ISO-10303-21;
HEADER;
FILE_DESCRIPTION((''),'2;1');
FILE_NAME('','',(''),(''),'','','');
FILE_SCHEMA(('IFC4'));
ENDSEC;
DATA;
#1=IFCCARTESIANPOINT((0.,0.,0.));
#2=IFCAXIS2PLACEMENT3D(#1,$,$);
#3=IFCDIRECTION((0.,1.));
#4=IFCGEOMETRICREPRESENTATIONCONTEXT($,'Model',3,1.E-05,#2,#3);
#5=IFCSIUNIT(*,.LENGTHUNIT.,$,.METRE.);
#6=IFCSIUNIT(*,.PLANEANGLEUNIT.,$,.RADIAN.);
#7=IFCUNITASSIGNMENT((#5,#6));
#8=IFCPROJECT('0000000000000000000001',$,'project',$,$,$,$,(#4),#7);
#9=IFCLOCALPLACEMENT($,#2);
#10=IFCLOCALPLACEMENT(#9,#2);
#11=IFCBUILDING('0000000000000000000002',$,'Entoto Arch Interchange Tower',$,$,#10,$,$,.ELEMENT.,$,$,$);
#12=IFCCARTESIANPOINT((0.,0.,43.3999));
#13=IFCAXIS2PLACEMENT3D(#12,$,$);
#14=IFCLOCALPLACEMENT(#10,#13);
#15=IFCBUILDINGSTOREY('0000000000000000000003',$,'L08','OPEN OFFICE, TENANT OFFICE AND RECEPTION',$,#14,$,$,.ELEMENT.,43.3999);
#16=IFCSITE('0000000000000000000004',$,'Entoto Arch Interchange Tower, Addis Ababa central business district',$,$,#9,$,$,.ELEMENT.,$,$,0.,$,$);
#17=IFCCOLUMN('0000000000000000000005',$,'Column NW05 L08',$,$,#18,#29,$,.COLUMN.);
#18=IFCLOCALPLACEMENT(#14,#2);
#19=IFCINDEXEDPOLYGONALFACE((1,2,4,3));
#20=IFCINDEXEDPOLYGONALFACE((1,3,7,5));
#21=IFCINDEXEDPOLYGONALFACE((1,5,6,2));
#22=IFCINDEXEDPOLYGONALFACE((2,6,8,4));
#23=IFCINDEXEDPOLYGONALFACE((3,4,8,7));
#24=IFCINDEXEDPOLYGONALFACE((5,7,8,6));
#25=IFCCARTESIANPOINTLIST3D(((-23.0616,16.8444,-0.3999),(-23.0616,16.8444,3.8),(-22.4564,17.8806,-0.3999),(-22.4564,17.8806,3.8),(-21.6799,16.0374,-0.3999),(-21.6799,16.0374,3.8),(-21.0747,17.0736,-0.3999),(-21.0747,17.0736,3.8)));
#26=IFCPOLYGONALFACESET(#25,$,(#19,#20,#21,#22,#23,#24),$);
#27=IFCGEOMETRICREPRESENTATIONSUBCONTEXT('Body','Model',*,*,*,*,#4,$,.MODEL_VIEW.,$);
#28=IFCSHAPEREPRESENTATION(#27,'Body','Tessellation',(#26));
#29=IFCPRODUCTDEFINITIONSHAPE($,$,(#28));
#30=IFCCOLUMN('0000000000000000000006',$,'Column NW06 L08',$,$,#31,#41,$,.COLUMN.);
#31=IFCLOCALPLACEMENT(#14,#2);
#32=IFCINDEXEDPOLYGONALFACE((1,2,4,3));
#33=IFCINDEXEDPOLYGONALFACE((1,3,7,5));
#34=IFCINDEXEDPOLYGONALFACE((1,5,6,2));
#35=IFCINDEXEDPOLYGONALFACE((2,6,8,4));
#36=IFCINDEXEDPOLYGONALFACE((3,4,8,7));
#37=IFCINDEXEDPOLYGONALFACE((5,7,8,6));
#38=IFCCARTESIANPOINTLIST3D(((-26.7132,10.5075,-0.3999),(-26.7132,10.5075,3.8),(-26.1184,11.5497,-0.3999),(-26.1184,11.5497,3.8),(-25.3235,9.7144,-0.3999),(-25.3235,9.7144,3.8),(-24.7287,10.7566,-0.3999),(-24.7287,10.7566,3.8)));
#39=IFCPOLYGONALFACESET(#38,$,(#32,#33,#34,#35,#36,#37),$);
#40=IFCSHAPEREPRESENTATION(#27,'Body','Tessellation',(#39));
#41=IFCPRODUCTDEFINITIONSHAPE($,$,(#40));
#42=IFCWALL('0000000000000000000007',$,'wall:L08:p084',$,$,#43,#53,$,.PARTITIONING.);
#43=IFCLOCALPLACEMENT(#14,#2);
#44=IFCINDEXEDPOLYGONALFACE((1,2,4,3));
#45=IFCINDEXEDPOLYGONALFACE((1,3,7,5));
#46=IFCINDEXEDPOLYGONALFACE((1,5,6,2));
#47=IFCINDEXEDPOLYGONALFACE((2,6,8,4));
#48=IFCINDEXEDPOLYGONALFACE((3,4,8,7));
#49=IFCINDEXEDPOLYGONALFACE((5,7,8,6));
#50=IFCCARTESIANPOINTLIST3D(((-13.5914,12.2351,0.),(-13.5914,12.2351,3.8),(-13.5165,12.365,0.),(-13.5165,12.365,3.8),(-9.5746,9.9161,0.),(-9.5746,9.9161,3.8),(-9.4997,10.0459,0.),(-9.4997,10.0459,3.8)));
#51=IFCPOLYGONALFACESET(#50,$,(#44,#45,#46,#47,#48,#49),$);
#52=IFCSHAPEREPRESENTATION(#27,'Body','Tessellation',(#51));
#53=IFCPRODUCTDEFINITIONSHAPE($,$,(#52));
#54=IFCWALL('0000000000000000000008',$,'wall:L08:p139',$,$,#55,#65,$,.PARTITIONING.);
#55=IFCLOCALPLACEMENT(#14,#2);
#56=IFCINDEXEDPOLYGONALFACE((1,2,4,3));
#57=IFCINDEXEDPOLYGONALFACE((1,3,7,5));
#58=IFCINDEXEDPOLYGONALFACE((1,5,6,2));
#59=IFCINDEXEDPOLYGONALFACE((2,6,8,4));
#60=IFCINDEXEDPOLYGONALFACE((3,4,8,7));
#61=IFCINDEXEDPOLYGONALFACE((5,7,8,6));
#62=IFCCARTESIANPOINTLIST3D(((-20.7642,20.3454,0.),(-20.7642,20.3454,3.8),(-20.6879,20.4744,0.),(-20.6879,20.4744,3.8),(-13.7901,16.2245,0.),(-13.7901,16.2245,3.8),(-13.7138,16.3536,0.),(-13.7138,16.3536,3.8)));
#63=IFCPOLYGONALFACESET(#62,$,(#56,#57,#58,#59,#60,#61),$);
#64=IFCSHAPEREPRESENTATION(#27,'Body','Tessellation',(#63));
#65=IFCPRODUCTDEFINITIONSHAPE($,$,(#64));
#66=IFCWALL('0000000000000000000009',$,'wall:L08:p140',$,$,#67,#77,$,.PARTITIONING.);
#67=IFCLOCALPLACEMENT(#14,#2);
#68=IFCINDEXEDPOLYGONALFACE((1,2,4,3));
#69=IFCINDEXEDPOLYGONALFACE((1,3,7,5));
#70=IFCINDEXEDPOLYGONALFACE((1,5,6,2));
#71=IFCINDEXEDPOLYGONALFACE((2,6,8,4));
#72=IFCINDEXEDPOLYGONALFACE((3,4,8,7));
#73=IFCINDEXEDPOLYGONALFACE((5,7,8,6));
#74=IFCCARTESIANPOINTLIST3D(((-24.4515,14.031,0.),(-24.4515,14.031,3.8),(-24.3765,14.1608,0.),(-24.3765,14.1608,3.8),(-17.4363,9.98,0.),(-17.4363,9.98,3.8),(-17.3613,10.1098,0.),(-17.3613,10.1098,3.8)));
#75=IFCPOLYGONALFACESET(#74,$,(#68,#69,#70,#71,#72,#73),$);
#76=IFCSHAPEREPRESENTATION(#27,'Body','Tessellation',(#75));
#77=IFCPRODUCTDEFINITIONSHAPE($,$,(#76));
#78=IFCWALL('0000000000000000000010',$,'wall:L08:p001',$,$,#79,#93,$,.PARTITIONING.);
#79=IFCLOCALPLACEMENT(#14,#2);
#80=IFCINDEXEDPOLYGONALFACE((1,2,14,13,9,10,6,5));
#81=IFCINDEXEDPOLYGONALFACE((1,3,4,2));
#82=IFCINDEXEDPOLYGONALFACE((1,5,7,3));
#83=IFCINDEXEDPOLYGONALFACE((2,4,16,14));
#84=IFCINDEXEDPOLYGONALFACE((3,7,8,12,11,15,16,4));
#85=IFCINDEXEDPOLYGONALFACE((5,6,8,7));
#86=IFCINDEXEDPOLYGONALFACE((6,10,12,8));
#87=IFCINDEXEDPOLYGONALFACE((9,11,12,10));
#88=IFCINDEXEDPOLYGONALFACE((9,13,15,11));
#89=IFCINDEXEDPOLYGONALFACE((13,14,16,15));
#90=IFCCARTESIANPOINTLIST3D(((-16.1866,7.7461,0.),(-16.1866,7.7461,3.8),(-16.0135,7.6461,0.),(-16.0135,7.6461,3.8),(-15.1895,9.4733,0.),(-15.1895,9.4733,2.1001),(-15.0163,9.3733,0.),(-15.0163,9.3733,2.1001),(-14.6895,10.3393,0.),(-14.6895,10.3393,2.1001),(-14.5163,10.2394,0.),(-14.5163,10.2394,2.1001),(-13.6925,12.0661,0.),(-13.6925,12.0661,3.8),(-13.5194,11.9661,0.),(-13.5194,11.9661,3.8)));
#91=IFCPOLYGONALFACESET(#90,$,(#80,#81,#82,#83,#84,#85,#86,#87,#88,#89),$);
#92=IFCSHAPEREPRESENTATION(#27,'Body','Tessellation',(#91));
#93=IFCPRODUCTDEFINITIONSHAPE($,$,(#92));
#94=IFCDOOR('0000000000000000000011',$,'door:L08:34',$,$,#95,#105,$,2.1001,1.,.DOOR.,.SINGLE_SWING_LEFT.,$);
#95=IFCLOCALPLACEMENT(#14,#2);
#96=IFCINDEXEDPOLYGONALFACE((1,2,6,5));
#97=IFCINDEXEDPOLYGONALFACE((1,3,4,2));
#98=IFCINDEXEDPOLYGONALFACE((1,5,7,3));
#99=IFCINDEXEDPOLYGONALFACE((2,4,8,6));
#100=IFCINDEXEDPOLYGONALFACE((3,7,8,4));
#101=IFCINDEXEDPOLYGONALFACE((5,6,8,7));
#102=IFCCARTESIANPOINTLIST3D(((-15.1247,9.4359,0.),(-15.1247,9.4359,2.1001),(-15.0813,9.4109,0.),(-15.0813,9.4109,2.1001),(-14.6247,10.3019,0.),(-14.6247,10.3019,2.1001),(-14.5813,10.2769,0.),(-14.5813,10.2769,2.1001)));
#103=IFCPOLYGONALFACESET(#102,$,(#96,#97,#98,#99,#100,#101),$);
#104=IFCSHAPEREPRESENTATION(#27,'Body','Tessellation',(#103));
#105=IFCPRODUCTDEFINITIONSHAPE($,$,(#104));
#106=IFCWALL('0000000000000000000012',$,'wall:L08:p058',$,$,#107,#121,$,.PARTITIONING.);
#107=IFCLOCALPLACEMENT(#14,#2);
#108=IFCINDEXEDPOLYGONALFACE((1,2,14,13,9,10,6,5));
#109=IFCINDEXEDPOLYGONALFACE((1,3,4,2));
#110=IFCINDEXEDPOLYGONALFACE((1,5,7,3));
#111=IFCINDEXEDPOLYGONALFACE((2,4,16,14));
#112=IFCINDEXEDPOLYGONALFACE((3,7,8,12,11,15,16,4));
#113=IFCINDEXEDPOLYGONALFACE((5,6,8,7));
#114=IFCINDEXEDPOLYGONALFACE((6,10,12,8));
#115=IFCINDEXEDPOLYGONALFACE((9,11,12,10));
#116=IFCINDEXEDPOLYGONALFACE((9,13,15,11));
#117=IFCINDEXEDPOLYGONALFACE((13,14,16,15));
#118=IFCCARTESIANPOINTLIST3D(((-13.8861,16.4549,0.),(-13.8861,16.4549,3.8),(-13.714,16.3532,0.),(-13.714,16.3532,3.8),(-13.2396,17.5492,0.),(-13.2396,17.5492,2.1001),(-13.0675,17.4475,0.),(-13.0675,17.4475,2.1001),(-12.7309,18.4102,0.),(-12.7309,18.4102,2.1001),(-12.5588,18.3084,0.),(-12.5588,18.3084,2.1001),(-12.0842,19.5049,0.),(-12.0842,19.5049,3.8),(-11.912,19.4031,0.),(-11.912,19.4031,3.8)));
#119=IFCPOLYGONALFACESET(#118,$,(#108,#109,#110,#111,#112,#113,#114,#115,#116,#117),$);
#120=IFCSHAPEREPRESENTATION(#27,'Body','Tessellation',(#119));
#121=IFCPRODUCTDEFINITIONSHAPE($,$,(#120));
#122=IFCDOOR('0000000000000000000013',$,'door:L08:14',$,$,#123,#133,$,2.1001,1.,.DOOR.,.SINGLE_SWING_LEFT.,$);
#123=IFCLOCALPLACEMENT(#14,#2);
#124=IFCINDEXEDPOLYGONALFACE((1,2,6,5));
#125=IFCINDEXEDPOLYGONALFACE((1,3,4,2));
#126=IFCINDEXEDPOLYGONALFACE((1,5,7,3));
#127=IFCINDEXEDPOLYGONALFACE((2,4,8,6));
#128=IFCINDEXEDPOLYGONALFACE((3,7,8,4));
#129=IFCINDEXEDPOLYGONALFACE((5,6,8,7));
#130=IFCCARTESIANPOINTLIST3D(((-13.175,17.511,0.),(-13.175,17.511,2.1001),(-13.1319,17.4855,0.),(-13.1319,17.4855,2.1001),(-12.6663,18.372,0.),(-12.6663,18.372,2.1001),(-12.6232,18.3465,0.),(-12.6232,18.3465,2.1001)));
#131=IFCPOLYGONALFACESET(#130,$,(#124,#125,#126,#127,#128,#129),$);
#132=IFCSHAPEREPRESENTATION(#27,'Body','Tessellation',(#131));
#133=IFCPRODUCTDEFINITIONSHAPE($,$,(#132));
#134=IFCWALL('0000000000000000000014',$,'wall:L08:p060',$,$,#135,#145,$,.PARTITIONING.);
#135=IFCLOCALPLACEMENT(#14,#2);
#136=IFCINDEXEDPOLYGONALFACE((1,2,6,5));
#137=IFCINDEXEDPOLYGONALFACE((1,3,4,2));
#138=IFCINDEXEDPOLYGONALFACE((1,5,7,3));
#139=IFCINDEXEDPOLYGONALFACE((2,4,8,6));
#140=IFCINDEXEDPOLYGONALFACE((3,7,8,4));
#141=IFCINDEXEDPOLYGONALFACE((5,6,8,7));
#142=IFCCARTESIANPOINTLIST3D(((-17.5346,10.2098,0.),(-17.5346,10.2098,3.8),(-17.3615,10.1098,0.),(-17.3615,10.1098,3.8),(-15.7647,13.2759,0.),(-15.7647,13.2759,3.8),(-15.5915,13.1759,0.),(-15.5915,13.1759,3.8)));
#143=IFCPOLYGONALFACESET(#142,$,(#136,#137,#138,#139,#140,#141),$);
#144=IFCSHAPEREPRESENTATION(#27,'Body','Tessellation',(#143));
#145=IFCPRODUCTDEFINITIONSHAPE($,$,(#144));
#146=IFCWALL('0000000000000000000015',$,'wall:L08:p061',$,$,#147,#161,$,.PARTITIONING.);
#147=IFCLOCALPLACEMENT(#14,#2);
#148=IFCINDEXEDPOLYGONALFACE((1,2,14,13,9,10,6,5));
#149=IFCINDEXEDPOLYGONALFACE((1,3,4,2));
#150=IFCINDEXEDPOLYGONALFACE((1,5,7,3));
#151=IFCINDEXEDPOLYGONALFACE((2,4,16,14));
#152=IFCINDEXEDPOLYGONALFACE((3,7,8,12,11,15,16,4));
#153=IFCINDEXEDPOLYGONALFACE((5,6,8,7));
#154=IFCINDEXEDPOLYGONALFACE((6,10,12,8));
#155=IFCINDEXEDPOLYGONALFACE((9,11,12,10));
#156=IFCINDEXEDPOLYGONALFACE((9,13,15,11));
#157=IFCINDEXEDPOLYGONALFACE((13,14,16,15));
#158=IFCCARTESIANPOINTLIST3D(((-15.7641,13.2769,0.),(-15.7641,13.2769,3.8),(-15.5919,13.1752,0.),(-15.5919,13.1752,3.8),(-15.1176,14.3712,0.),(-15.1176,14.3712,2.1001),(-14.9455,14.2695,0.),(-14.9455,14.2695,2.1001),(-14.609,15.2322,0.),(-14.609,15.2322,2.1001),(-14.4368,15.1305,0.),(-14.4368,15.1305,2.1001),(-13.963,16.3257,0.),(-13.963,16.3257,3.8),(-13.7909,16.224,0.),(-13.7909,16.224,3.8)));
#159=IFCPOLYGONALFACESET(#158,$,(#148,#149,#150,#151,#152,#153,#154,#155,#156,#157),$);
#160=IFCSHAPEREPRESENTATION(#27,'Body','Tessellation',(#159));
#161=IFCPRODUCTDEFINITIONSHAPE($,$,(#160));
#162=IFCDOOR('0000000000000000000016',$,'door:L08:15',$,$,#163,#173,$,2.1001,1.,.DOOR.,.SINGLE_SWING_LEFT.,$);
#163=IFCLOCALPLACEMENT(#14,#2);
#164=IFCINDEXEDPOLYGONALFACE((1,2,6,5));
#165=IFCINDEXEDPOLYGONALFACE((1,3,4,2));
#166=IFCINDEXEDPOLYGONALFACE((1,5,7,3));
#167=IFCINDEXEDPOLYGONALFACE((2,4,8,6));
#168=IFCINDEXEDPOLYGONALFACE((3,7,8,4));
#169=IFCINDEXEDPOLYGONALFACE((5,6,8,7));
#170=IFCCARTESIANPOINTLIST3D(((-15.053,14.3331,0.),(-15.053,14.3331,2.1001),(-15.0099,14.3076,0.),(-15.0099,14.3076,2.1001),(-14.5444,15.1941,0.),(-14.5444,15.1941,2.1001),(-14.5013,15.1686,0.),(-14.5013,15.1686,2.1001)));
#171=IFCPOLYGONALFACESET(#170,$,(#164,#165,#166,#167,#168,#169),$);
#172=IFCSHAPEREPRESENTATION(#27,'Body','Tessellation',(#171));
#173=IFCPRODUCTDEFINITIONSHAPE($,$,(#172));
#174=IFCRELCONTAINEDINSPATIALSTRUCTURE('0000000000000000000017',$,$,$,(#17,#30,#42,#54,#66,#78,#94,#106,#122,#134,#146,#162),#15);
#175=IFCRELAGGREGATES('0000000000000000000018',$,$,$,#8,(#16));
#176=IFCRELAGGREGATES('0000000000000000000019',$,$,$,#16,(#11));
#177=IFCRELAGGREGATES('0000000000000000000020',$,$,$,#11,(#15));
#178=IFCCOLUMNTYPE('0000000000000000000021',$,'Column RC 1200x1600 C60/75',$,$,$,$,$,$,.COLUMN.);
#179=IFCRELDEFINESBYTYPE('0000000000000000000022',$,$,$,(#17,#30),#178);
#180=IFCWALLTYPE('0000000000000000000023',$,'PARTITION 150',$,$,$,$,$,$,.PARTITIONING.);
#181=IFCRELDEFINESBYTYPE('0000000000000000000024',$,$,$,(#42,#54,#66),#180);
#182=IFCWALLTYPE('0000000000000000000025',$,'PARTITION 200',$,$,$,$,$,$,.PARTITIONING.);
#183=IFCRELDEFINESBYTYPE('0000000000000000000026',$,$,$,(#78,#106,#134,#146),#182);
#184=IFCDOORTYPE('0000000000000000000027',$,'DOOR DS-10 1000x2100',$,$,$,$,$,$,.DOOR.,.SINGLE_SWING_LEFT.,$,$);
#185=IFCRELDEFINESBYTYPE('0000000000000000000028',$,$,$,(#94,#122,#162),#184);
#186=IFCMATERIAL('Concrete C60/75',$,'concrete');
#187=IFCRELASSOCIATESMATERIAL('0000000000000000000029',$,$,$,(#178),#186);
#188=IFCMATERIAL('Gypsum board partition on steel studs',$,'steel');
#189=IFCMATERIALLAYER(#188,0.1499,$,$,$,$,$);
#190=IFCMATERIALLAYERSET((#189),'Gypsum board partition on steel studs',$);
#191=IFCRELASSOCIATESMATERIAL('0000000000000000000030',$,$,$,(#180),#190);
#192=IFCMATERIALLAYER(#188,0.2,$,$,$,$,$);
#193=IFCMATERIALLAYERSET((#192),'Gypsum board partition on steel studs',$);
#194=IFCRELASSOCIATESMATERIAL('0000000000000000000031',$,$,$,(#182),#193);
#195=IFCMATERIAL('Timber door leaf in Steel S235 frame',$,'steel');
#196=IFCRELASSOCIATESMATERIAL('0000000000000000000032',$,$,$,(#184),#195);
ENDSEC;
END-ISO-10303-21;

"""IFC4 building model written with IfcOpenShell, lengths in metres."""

from ifc_helpers import new_model, si_unit, direction, frame, frame_2d, origin, origin_2d, place, context, subcontext, project, spatial, rectangle, extrude, material, layer, layer_set, material_profile, profile_set, type_object, element, fill, save


model = new_model("IFC4")

# Units and contexts
model_context = context("Model", 3, precision=1e-05, world=origin(), true_north=direction((0.0, 1.0)))
body_context = subcontext(model_context, "Body", "Model", "MODEL_VIEW")
ifc_project = project(units=[si_unit("LENGTHUNIT", "METRE"), si_unit("PLANEANGLEUNIT", "RADIAN")], contexts=[model_context])

# Site, building, storey
site_placement = place(None, origin())
site = spatial("IfcSite", under=ifc_project, at=site_placement, Name="Entoto Arch Interchange Tower, Addis Ababa central business district", CompositionType="ELEMENT", RefElevation=0.0)
building_placement = place(site_placement, origin())
building = spatial("IfcBuilding", under=site, at=building_placement, Name="Entoto Arch Interchange Tower", CompositionType="ELEMENT")
storey_placement = place(building_placement, frame((0.0, 0.0, 43.3999)))
storey = spatial("IfcBuildingStorey", under=building, at=storey_placement, Name="L08", Description="OPEN OFFICE, TENANT OFFICE AND RECEPTION", CompositionType="ELEMENT", Elevation=43.3999)

# Columns
ifc_material_1 = material(Name="Concrete C60/75", Category="concrete")
ifc_material_profile = material_profile(ifc_material_1, rectangle(XDim=1.2, YDim=1.6001, at=origin_2d()))
ifc_profile_set = profile_set([ifc_material_profile], Name="Concrete C60/75")
column_type = type_object("IfcColumnType", Name="Column RC 1200x1600 C60/75", PredefinedType="COLUMN", material=ifc_profile_set)
for number, where, z_axis, x_axis, name in (
    (1, (-22.0681, 16.959, -0.3999), (0.0, 0.0, 1.0), (0.504332, 0.86351, 0.0), "Column NW05 L08"),
    (2, (-25.7209, 10.6321, -0.3999), (0.0, 0.0, 1.0), (0.495656, 0.868519, 0.0), "Column NW06 L08"),
):
    element("IfcColumn", number, at=place(storey_placement, frame(where, z_axis=z_axis, x_axis=x_axis)), inside=storey, type_object=column_type, Name=name, PredefinedType="COLUMN", context=body_context, shape_type="SweptSolid", body=[
        extrude(rectangle(XDim=1.2, YDim=1.6001, at=origin_2d()), origin(), (0.0, 0.0, 1.0), 4.2),
    ])

# Walls
ifc_material_2 = material(Name="Gypsum board partition on steel studs", Category="steel")
ifc_layer_1 = layer(ifc_material_2, 0.1499)
ifc_layer_set_1 = layer_set([ifc_layer_1], Name="Gypsum board partition on steel studs")
wall_type_1 = type_object("IfcWallType", Name="PARTITION 150", PredefinedType="PARTITIONING", material=ifc_layer_set_1)
wall_1_placement = place(storey_placement, frame((-13.554, 12.3, 0.0), z_axis=(0.0, 0.0, 1.0), x_axis=(0.866029, -0.499994, 0.0)))
element("IfcWall", 3, at=wall_1_placement, inside=storey, type_object=wall_type_1, Name="wall:L08:p084", PredefinedType="PARTITIONING", context=body_context, shape_type="SweptSolid", body=[
    extrude(rectangle(XDim=4.6382, YDim=0.1499, at=frame_2d((2.3191, 0.0))), origin(), (0.0, 0.0, 1.0), 3.8),
])
wall_2_placement = place(storey_placement, frame((-13.752, 16.2891, 0.0), z_axis=(0.0, 0.0, 1.0), x_axis=(-0.860939, 0.508709, 0.0)))
element("IfcWall", 4, at=wall_2_placement, inside=storey, type_object=wall_type_1, Name="wall:L08:p139", PredefinedType="PARTITIONING", context=body_context, shape_type="SweptSolid", body=[
    extrude(rectangle(XDim=8.1006, YDim=0.1499, at=frame_2d((4.0503, 0.0))), origin(), (0.0, 0.0, 1.0), 3.8),
])
wall_3_placement = place(storey_placement, frame((-17.3989, 10.0449, 0.0), z_axis=(0.0, 0.0, 1.0), x_axis=(-0.865981, 0.500077, 0.0)))
element("IfcWall", 5, at=wall_3_placement, inside=storey, type_object=wall_type_1, Name="wall:L08:p140", PredefinedType="PARTITIONING", context=body_context, shape_type="SweptSolid", body=[
    extrude(rectangle(XDim=8.1008, YDim=0.1499, at=frame_2d((4.0503, 0.0))), origin(), (0.0, 0.0, 1.0), 3.8),
])

# Walls, openings, doors
ifc_layer_2 = layer(ifc_material_2, 0.2)
ifc_layer_set_2 = layer_set([ifc_layer_2], Name="Gypsum board partition on steel studs")
wall_type_2 = type_object("IfcWallType", Name="PARTITION 200", PredefinedType="PARTITIONING", material=ifc_layer_set_2)
wall_4_placement = place(storey_placement, frame((-13.606, 12.0161, 0.0), z_axis=(0.0, 0.0, 1.0), x_axis=(-0.499992, -0.86603, 0.0)))
wall_4 = element("IfcWall", 6, at=wall_4_placement, inside=storey, type_object=wall_type_2, Name="wall:L08:p001", PredefinedType="PARTITIONING", context=body_context, shape_type="SweptSolid", body=[
    extrude(rectangle(XDim=4.9883, YDim=0.2, at=frame_2d((2.4941, 0.0))), origin(), (0.0, 0.0, 1.0), 3.8),
])
opening_1_placement = place(wall_4_placement, frame((1.9939, 0.0, 0.0)))
opening_1 = element("IfcOpeningElement", 7, at=opening_1_placement, cuts=wall_4, PredefinedType="OPENING", context=body_context, shape_type="SweptSolid", body=[
    extrude(rectangle(XDim=1.0, YDim=2.1001, at=frame_2d((0.5, 1.05))), frame((0.0, 0.1099, 0.0), z_axis=(0.0, -1.0, 0.0), x_axis=(1.0, 0.0, 0.0)), (0.0, 0.0, 1.0), 0.22),
])
ifc_material_3 = material(Name="Timber door leaf in Steel S235 frame", Category="steel")
door_type = type_object("IfcDoorType", Name="DOOR DS-10 1000x2100", OperationType="SINGLE_SWING_LEFT", PredefinedType="DOOR", material=ifc_material_3)
door_1_placement = place(opening_1_placement, origin())
door_1 = element("IfcDoor", 8, at=door_1_placement, inside=storey, type_object=door_type, Name="door:L08:34", OperationType="SINGLE_SWING_LEFT", OverallHeight=2.1001, OverallWidth=1.0, PredefinedType="DOOR", context=body_context, shape_type="SweptSolid", body=[
    extrude(rectangle(XDim=1.0, YDim=2.1001, at=frame_2d((0.5, 1.05))), frame((0.0, 0.0249, 0.0), z_axis=(0.0, -1.0, 0.0), x_axis=(1.0, 0.0, 0.0)), (0.0, 0.0, 1.0), 0.05),
])
fill(opening_1, door_1)
wall_5_placement = place(storey_placement, frame((-13.8, 16.4041, 0.0), z_axis=(0.0, 0.0, 1.0), x_axis=(0.508667, 0.860964, 0.0)))
wall_5 = element("IfcWall", 9, at=wall_5_placement, inside=storey, type_object=wall_type_2, Name="wall:L08:p058", PredefinedType="PARTITIONING", context=body_context, shape_type="SweptSolid", body=[
    extrude(rectangle(XDim=3.5425, YDim=0.2, at=frame_2d((1.7712, 0.0))), origin(), (0.0, 0.0, 1.0), 3.8),
])
opening_2_placement = place(wall_5_placement, frame((1.271, 0.0, 0.0)))
opening_2 = element("IfcOpeningElement", 10, at=opening_2_placement, cuts=wall_5, PredefinedType="OPENING", context=body_context, shape_type="SweptSolid", body=[
    extrude(rectangle(XDim=1.0, YDim=2.1001, at=frame_2d((0.5, 1.05))), frame((0.0, 0.1099, 0.0), z_axis=(0.0, -1.0, 0.0), x_axis=(1.0, 0.0, 0.0)), (0.0, 0.0, 1.0), 0.22),
])
door_2_placement = place(opening_2_placement, origin())
door_2 = element("IfcDoor", 11, at=door_2_placement, inside=storey, type_object=door_type, Name="door:L08:14", OperationType="SINGLE_SWING_LEFT", OverallHeight=2.1001, OverallWidth=1.0, PredefinedType="DOOR", context=body_context, shape_type="SweptSolid", body=[
    extrude(rectangle(XDim=1.0, YDim=2.1001, at=frame_2d((0.5, 1.05))), frame((0.0, 0.0249, 0.0), z_axis=(0.0, -1.0, 0.0), x_axis=(1.0, 0.0, 0.0)), (0.0, 0.0, 1.0), 0.05),
])
fill(opening_2, door_2)

# Wall
wall_6_placement = place(storey_placement, frame((-17.448, 10.1599, 0.0), z_axis=(0.0, 0.0, 1.0), x_axis=(0.499951, 0.866054, 0.0)))
element("IfcWall", 12, at=wall_6_placement, inside=storey, type_object=wall_type_2, Name="wall:L08:p060", PredefinedType="PARTITIONING", context=body_context, shape_type="SweptSolid", body=[
    extrude(rectangle(XDim=3.5403, YDim=0.2, at=frame_2d((1.77, 0.0))), origin(), (0.0, 0.0, 1.0), 3.8),
])

# Wall, opening, door
wall_7_placement = place(storey_placement, frame((-15.678, 13.2261, 0.0), z_axis=(0.0, 0.0, 1.0), x_axis=(0.508613, 0.860995, 0.0)))
wall_7 = element("IfcWall", 13, at=wall_7_placement, inside=storey, type_object=wall_type_2, Name="wall:L08:p061", PredefinedType="PARTITIONING", context=body_context, shape_type="SweptSolid", body=[
    extrude(rectangle(XDim=3.541, YDim=0.2, at=frame_2d((1.7705, 0.0))), origin(), (0.0, 0.0, 1.0), 3.8),
])
opening_3_placement = place(wall_7_placement, frame((1.271, 0.0, 0.0)))
opening_3 = element("IfcOpeningElement", 14, at=opening_3_placement, cuts=wall_7, PredefinedType="OPENING", context=body_context, shape_type="SweptSolid", body=[
    extrude(rectangle(XDim=1.0, YDim=2.1001, at=frame_2d((0.5, 1.05))), frame((0.0, 0.1099, 0.0), z_axis=(0.0, -1.0, 0.0), x_axis=(1.0, 0.0, 0.0)), (0.0, 0.0, 1.0), 0.22),
])
door_3_placement = place(opening_3_placement, origin())
door_3 = element("IfcDoor", 15, at=door_3_placement, inside=storey, type_object=door_type, Name="door:L08:15", OperationType="SINGLE_SWING_LEFT", OverallHeight=2.1001, OverallWidth=1.0, PredefinedType="DOOR", context=body_context, shape_type="SweptSolid", body=[
    extrude(rectangle(XDim=1.0, YDim=2.1001, at=frame_2d((0.5, 1.05))), frame((0.0, 0.0249, 0.0), z_axis=(0.0, -1.0, 0.0), x_axis=(1.0, 0.0, 0.0)), (0.0, 0.0, 1.0), 0.05),
])
fill(opening_3, door_3)

save(model, "model.ifc")
